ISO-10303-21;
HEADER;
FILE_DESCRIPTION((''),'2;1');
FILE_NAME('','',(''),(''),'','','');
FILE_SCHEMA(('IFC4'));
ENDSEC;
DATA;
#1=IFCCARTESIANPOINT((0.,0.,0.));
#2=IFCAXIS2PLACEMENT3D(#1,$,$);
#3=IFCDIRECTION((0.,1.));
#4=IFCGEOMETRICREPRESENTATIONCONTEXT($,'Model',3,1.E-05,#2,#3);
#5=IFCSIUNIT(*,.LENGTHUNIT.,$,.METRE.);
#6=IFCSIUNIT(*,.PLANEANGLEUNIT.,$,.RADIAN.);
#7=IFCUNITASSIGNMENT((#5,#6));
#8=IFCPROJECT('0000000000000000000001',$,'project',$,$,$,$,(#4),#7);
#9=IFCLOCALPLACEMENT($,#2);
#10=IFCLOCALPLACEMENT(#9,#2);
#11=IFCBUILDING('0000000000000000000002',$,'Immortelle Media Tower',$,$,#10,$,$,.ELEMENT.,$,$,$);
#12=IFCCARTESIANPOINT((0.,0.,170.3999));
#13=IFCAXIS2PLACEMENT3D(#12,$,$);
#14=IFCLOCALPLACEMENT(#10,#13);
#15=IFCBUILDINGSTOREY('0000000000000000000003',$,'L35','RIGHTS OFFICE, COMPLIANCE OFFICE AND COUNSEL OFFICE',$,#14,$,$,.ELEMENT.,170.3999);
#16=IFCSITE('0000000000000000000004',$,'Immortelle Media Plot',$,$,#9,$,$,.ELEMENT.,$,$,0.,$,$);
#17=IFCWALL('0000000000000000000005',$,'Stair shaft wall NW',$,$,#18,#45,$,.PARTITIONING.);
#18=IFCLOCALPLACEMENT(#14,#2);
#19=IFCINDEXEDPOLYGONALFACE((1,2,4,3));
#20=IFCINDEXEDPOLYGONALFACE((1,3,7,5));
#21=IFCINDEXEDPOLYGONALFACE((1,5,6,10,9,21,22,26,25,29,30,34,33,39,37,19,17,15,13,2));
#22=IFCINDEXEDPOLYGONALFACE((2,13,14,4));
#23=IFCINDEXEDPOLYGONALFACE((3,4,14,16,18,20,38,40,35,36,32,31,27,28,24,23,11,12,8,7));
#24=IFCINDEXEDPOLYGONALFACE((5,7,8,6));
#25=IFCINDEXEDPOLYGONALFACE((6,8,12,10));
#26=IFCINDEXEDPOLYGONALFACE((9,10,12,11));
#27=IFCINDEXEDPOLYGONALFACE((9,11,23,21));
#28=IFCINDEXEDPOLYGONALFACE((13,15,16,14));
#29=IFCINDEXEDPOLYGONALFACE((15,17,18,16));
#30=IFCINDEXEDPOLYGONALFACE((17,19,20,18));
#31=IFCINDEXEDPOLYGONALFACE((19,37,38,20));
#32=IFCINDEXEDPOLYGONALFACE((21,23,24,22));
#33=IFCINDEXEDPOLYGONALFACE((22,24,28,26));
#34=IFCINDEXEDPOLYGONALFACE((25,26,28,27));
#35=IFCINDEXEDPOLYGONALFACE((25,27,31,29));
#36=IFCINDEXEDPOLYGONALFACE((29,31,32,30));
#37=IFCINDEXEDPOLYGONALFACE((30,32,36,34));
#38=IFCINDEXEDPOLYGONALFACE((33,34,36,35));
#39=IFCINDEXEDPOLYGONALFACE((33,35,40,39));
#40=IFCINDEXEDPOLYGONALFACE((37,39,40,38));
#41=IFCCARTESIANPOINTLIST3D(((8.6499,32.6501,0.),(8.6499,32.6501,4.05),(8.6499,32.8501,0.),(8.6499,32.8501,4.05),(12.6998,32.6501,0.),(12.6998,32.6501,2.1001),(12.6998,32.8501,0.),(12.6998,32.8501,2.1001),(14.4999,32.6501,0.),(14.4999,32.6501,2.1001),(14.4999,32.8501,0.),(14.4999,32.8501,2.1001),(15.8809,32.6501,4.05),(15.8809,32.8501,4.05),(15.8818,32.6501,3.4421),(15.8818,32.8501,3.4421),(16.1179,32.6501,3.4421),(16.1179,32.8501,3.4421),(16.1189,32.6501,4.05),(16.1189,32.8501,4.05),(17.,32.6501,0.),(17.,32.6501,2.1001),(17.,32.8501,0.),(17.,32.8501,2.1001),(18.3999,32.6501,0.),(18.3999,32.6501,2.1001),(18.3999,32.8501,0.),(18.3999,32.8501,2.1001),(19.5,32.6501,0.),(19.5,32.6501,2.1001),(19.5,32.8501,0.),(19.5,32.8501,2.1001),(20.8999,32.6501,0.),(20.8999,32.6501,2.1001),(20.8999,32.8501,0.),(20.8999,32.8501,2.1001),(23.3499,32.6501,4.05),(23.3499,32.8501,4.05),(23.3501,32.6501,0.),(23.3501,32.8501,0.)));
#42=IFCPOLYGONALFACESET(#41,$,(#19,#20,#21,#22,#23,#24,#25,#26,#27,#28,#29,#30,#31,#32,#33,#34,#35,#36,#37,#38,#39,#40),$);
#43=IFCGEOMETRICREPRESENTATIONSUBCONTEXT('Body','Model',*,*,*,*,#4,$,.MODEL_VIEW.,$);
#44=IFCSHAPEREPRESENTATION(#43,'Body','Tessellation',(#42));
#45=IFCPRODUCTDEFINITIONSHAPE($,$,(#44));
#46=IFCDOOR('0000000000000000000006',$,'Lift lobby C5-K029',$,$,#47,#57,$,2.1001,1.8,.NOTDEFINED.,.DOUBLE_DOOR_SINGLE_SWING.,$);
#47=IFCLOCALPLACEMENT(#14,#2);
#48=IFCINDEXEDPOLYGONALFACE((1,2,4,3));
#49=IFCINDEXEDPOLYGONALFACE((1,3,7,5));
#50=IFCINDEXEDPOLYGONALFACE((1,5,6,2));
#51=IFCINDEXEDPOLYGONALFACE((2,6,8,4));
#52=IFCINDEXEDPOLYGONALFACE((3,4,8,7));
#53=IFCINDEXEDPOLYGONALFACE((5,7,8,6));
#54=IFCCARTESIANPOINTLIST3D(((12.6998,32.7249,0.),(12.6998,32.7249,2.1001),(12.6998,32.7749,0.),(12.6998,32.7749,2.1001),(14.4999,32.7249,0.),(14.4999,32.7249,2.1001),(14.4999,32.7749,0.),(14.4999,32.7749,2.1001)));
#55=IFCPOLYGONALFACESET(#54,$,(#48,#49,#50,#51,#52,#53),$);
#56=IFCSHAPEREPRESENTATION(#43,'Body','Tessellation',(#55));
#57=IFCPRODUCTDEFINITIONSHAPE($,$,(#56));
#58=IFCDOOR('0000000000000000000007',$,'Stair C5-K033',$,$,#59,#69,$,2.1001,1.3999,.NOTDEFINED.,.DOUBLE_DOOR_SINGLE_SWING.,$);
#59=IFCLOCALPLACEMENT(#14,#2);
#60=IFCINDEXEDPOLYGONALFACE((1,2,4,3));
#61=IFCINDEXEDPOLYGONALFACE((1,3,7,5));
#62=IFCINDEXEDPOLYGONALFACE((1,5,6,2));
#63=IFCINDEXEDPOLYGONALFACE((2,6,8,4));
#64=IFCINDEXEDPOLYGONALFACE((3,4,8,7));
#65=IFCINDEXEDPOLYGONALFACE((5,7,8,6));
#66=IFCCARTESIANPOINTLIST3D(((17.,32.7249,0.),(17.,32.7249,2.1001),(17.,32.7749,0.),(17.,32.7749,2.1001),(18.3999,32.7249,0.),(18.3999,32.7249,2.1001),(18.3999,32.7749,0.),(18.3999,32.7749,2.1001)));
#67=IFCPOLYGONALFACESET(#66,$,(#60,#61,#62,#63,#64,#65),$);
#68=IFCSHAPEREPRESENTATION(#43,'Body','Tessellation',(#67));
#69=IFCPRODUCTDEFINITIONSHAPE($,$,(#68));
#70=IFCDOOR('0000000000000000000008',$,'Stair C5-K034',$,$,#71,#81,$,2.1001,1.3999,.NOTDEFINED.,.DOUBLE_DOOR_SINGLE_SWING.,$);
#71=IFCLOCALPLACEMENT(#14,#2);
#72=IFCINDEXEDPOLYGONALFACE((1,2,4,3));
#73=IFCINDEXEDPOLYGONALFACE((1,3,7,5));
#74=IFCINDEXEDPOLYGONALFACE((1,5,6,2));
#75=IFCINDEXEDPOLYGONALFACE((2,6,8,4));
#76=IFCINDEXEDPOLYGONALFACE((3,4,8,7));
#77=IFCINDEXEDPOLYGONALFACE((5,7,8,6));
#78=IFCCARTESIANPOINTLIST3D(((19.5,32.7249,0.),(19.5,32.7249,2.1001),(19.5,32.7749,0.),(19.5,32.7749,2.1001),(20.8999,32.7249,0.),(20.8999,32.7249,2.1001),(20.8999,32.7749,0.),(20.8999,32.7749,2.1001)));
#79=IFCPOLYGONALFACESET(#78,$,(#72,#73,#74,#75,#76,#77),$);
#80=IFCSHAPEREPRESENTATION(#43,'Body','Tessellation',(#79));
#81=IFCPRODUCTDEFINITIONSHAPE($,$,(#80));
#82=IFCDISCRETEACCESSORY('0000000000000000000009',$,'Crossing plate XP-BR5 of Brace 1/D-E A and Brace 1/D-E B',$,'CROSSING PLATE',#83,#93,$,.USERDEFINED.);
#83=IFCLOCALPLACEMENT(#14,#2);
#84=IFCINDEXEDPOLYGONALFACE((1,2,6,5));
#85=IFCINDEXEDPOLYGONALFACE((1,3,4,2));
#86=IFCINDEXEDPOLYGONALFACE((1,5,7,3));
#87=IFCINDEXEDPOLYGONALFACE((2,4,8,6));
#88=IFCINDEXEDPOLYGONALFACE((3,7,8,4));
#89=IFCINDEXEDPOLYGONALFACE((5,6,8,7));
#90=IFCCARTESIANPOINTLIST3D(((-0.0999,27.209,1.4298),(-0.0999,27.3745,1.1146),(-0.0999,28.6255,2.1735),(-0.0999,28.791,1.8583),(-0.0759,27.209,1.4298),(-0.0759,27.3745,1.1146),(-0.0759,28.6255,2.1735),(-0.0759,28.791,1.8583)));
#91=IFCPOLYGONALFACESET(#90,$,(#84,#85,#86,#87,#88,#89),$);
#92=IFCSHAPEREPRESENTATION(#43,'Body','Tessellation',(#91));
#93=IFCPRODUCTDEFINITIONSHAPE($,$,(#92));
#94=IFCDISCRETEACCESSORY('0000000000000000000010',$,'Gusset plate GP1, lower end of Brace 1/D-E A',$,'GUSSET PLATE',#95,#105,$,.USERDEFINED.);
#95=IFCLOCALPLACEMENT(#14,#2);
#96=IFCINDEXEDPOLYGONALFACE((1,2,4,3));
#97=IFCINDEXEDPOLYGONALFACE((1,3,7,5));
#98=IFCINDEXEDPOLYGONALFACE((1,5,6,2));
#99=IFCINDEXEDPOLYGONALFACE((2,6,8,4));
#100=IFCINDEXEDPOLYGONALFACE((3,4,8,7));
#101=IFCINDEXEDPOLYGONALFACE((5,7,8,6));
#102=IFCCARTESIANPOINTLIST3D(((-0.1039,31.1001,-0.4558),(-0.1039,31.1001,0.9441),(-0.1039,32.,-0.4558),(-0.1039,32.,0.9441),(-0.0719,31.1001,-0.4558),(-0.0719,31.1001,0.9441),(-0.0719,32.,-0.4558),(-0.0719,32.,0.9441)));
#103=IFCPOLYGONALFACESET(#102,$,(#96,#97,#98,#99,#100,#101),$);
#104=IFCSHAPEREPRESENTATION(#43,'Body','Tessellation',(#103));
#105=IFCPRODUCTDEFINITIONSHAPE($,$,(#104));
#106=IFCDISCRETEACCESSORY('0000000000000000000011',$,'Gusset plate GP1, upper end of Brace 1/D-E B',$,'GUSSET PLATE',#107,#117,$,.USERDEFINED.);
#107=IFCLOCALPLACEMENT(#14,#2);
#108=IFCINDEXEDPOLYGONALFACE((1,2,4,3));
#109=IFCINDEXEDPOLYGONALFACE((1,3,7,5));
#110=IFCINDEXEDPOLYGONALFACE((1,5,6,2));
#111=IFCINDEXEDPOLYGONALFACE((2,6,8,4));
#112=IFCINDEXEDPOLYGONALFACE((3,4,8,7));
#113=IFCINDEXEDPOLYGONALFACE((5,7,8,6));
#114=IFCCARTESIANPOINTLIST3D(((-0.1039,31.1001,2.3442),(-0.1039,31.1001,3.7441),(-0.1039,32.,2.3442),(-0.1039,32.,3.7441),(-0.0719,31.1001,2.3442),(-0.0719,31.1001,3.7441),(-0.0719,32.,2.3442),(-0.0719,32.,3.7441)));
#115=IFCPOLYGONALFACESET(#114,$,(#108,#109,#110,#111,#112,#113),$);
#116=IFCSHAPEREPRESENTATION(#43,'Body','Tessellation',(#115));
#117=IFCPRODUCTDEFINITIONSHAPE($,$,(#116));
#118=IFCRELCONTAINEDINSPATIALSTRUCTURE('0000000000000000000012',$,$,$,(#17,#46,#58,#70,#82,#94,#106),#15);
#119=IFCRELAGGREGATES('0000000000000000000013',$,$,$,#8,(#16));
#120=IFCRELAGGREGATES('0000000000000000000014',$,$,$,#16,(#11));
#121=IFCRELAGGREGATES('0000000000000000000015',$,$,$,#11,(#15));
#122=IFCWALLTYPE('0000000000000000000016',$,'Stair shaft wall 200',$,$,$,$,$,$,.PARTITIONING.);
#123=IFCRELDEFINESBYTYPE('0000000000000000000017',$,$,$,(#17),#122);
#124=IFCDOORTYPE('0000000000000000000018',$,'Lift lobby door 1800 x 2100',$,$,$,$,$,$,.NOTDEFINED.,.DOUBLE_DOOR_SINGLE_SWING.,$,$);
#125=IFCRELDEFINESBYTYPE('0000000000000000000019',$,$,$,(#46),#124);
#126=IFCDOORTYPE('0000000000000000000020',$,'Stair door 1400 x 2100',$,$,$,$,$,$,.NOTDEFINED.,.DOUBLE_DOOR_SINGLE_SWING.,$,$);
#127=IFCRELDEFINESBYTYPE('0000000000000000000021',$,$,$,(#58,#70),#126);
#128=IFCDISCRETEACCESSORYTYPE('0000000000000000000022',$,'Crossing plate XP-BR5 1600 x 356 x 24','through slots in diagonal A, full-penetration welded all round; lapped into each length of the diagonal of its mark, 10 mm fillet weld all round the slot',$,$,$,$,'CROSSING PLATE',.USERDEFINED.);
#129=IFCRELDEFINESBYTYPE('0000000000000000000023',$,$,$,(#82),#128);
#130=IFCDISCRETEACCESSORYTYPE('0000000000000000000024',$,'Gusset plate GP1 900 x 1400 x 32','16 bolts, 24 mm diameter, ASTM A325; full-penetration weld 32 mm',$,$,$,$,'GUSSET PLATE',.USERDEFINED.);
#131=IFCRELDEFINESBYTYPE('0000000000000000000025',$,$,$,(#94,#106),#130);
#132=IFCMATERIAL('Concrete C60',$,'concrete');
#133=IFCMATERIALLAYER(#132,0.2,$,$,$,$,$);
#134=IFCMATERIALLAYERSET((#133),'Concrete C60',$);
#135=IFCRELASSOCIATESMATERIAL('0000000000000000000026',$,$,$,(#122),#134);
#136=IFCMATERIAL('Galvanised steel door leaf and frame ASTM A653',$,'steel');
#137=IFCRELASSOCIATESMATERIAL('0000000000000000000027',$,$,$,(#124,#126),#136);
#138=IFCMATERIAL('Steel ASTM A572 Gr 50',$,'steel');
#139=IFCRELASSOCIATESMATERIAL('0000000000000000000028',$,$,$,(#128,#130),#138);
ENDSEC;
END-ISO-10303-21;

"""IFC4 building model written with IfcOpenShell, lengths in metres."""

from ifc_helpers import new_model, si_unit, direction, frame, frame_2d, origin, origin_2d, place, context, subcontext, project, spatial, polyline, rectangle, outline, extrude, material, layer, layer_set, material_profile, profile_set, type_object, element, fill, save


model = new_model("IFC4")

# Units and contexts
model_context = context("Model", 3, precision=1e-05, world=origin(), true_north=direction((0.0, 1.0)))
body_context = subcontext(model_context, "Body", "Model", "MODEL_VIEW")
ifc_project = project(units=[si_unit("LENGTHUNIT", "METRE"), si_unit("PLANEANGLEUNIT", "RADIAN")], contexts=[model_context])

# Site, building, storey
site_placement = place(None, origin())
site = spatial("IfcSite", under=ifc_project, at=site_placement, Name="Immortelle Media Plot", CompositionType="ELEMENT", RefElevation=0.0)
building_placement = place(site_placement, origin())
building = spatial("IfcBuilding", under=site, at=building_placement, Name="Immortelle Media Tower", CompositionType="ELEMENT")
storey_placement = place(building_placement, frame((0.0, 0.0, 170.3999)))
storey = spatial("IfcBuildingStorey", under=building, at=storey_placement, Name="L35", Description="RIGHTS OFFICE, COMPLIANCE OFFICE AND COUNSEL OFFICE", CompositionType="ELEMENT", Elevation=170.3999)

# Wall, openings, doors
ifc_material_1 = material(Name="Concrete C60", Category="concrete")
ifc_layer_1 = layer(ifc_material_1, 0.2)
ifc_layer_set_1 = layer_set([ifc_layer_1], Name="Concrete C60")
wall_type_1 = type_object("IfcWallType", Name="Stair shaft wall 200", PredefinedType="PARTITIONING", material=ifc_layer_set_1)
wall_1_placement = place(storey_placement, frame((8.6499, 32.75, 0.0), z_axis=(0.0, 0.0, 1.0), x_axis=(1.0, 0.0, 0.0)))
wall_1 = element("IfcWall", 1, at=wall_1_placement, inside=storey, type_object=wall_type_1, Name="Stair shaft wall NW", PredefinedType="PARTITIONING", context=body_context, shape_type="SweptSolid", body=[
    extrude(outline(polyline([(0.0, 0.0), (14.7002, 0.0), (14.7, 4.05), (7.469, 4.05), (7.468, 3.4421), (7.2319, 3.4421), (7.231, 4.05), (0.0, 4.05), (0.0, 0.0)])), frame((0.0, 0.1001, 0.0), z_axis=(0.0, -1.0, 0.0), x_axis=(1.0, 0.0, 0.0)), (0.0, 0.0, 1.0), 0.2),
])
opening_1_placement = place(wall_1_placement, frame((4.05, 0.0, 0.0)))
opening_1 = element("IfcOpeningElement", 2, at=opening_1_placement, cuts=wall_1, PredefinedType="OPENING", context=body_context, shape_type="SweptSolid", body=[
    extrude(rectangle(XDim=1.8, YDim=2.1001, at=frame_2d((0.8999, 1.05))), frame((0.0, 0.1099, 0.0), z_axis=(0.0, -1.0, 0.0), x_axis=(1.0, 0.0, 0.0)), (0.0, 0.0, 1.0), 0.22),
])
opening_2_placement = place(wall_1_placement, frame((8.3501, 0.0, 0.0)))
opening_2 = element("IfcOpeningElement", 3, at=opening_2_placement, cuts=wall_1, PredefinedType="OPENING", context=body_context, shape_type="SweptSolid", body=[
    extrude(rectangle(XDim=1.3999, YDim=2.1001, at=frame_2d((0.7, 1.05))), frame((0.0, 0.1099, 0.0), z_axis=(0.0, -1.0, 0.0), x_axis=(1.0, 0.0, 0.0)), (0.0, 0.0, 1.0), 0.22),
])
opening_3_placement = place(wall_1_placement, frame((10.8501, 0.0, 0.0)))
opening_3 = element("IfcOpeningElement", 4, at=opening_3_placement, cuts=wall_1, PredefinedType="OPENING", context=body_context, shape_type="SweptSolid", body=[
    extrude(rectangle(XDim=1.3999, YDim=2.1001, at=frame_2d((0.7, 1.05))), frame((0.0, 0.1099, 0.0), z_axis=(0.0, -1.0, 0.0), x_axis=(1.0, 0.0, 0.0)), (0.0, 0.0, 1.0), 0.22),
])
ifc_material_2 = material(Name="Galvanised steel door leaf and frame ASTM A653", Category="steel")
door_type_1 = type_object("IfcDoorType", Name="Lift lobby door 1800 x 2100", OperationType="DOUBLE_DOOR_SINGLE_SWING", PredefinedType="NOTDEFINED", material=ifc_material_2)
door_1_placement = place(opening_1_placement, origin())
door_1 = element("IfcDoor", 5, at=door_1_placement, inside=storey, type_object=door_type_1, Name="Lift lobby C5-K029", OperationType="DOUBLE_DOOR_SINGLE_SWING", OverallHeight=2.1001, OverallWidth=1.8, PredefinedType="NOTDEFINED", context=body_context, shape_type="SweptSolid", body=[
    extrude(rectangle(XDim=1.8, YDim=2.1001, at=frame_2d((0.8999, 1.05))), frame((0.0, 0.0249, 0.0), z_axis=(0.0, -1.0, 0.0), x_axis=(1.0, 0.0, 0.0)), (0.0, 0.0, 1.0), 0.05),
])
fill(opening_1, door_1)
door_type_2 = type_object("IfcDoorType", Name="Stair door 1400 x 2100", OperationType="DOUBLE_DOOR_SINGLE_SWING", PredefinedType="NOTDEFINED", material=ifc_material_2)
door_2_placement = place(opening_2_placement, origin())
door_2 = element("IfcDoor", 6, at=door_2_placement, inside=storey, type_object=door_type_2, Name="Stair C5-K033", OperationType="DOUBLE_DOOR_SINGLE_SWING", OverallHeight=2.1001, OverallWidth=1.3999, PredefinedType="NOTDEFINED", context=body_context, shape_type="SweptSolid", body=[
    extrude(rectangle(XDim=1.3999, YDim=2.1001, at=frame_2d((0.7, 1.05))), frame((0.0, 0.0249, 0.0), z_axis=(0.0, -1.0, 0.0), x_axis=(1.0, 0.0, 0.0)), (0.0, 0.0, 1.0), 0.05),
])
fill(opening_2, door_2)
door_3_placement = place(opening_3_placement, origin())
door_3 = element("IfcDoor", 7, at=door_3_placement, inside=storey, type_object=door_type_2, Name="Stair C5-K034", OperationType="DOUBLE_DOOR_SINGLE_SWING", OverallHeight=2.1001, OverallWidth=1.3999, PredefinedType="NOTDEFINED", context=body_context, shape_type="SweptSolid", body=[
    extrude(rectangle(XDim=1.3999, YDim=2.1001, at=frame_2d((0.7, 1.05))), frame((0.0, 0.0249, 0.0), z_axis=(0.0, -1.0, 0.0), x_axis=(1.0, 0.0, 0.0)), (0.0, 0.0, 1.0), 0.05),
])
fill(opening_3, door_3)

# Discrete accessories
ifc_material_3 = material(Name="Steel ASTM A572 Gr 50", Category="steel")
ifc_material_profile_1 = material_profile(ifc_material_3, rectangle(XDim=0.0239, YDim=0.356, at=origin_2d()), Name="PL 24 x 356")
ifc_profile_set_1 = profile_set([ifc_material_profile_1], Name="Steel ASTM A572 Gr 50")
discrete_accessory_type_1 = type_object("IfcDiscreteAccessoryType", Name="Crossing plate XP-BR5 1600 x 356 x 24", Description="through slots in diagonal A, full-penetration welded all round; lapped into each length of the diagonal of its mark, 10 mm fillet weld all round the slot", ElementType="CROSSING PLATE", PredefinedType="USERDEFINED", material=ifc_profile_set_1)
discrete_accessory_placement = place(storey_placement, frame((-0.0879, 28.7083, 2.0159), z_axis=(0.0, -0.885401, -0.464828), x_axis=(1.0, 0.0, 0.0)))
element("IfcDiscreteAccessory", 8, at=discrete_accessory_placement, inside=storey, type_object=discrete_accessory_type_1, Name="Crossing plate XP-BR5 of Brace 1/D-E A and Brace 1/D-E B", ObjectType="CROSSING PLATE", PredefinedType="USERDEFINED", context=body_context, shape_type="SweptSolid", body=[
    extrude(rectangle(XDim=0.0239, YDim=0.356, at=origin_2d()), origin(), (0.0, 0.0, 1.0), 1.5999),
])
ifc_material_profile_2 = material_profile(ifc_material_3, rectangle(XDim=0.032, YDim=1.3999, at=origin_2d()), Name="PL 32 x 1400")
ifc_profile_set_2 = profile_set([ifc_material_profile_2], Name="Steel ASTM A572 Gr 50")
discrete_accessory_type_2 = type_object("IfcDiscreteAccessoryType", Name="Gusset plate GP1 900 x 1400 x 32", Description="16 bolts, 24 mm diameter, ASTM A325; full-penetration weld 32 mm", ElementType="GUSSET PLATE", PredefinedType="USERDEFINED", material=ifc_profile_set_2)
for number, where, z_axis, x_axis, name in (
    (9, (-0.0879, 32.0, 0.2441), (0.0, -1.0, 0.0), (1.0, 0.0, 0.0), "Gusset plate GP1, lower end of Brace 1/D-E A"),
    (10, (-0.0879, 32.0, 3.0442), (0.0, -1.0, 0.0), (1.0, 0.0, 0.0), "Gusset plate GP1, upper end of Brace 1/D-E B"),
):
    element("IfcDiscreteAccessory", number, at=place(storey_placement, frame(where, z_axis=z_axis, x_axis=x_axis)), inside=storey, type_object=discrete_accessory_type_2, Name=name, ObjectType="GUSSET PLATE", PredefinedType="USERDEFINED", context=body_context, shape_type="SweptSolid", body=[
        extrude(rectangle(XDim=0.032, YDim=1.3999, at=origin_2d()), origin(), (0.0, 0.0, 1.0), 0.8999),
    ])

save(model, "model.ifc")
